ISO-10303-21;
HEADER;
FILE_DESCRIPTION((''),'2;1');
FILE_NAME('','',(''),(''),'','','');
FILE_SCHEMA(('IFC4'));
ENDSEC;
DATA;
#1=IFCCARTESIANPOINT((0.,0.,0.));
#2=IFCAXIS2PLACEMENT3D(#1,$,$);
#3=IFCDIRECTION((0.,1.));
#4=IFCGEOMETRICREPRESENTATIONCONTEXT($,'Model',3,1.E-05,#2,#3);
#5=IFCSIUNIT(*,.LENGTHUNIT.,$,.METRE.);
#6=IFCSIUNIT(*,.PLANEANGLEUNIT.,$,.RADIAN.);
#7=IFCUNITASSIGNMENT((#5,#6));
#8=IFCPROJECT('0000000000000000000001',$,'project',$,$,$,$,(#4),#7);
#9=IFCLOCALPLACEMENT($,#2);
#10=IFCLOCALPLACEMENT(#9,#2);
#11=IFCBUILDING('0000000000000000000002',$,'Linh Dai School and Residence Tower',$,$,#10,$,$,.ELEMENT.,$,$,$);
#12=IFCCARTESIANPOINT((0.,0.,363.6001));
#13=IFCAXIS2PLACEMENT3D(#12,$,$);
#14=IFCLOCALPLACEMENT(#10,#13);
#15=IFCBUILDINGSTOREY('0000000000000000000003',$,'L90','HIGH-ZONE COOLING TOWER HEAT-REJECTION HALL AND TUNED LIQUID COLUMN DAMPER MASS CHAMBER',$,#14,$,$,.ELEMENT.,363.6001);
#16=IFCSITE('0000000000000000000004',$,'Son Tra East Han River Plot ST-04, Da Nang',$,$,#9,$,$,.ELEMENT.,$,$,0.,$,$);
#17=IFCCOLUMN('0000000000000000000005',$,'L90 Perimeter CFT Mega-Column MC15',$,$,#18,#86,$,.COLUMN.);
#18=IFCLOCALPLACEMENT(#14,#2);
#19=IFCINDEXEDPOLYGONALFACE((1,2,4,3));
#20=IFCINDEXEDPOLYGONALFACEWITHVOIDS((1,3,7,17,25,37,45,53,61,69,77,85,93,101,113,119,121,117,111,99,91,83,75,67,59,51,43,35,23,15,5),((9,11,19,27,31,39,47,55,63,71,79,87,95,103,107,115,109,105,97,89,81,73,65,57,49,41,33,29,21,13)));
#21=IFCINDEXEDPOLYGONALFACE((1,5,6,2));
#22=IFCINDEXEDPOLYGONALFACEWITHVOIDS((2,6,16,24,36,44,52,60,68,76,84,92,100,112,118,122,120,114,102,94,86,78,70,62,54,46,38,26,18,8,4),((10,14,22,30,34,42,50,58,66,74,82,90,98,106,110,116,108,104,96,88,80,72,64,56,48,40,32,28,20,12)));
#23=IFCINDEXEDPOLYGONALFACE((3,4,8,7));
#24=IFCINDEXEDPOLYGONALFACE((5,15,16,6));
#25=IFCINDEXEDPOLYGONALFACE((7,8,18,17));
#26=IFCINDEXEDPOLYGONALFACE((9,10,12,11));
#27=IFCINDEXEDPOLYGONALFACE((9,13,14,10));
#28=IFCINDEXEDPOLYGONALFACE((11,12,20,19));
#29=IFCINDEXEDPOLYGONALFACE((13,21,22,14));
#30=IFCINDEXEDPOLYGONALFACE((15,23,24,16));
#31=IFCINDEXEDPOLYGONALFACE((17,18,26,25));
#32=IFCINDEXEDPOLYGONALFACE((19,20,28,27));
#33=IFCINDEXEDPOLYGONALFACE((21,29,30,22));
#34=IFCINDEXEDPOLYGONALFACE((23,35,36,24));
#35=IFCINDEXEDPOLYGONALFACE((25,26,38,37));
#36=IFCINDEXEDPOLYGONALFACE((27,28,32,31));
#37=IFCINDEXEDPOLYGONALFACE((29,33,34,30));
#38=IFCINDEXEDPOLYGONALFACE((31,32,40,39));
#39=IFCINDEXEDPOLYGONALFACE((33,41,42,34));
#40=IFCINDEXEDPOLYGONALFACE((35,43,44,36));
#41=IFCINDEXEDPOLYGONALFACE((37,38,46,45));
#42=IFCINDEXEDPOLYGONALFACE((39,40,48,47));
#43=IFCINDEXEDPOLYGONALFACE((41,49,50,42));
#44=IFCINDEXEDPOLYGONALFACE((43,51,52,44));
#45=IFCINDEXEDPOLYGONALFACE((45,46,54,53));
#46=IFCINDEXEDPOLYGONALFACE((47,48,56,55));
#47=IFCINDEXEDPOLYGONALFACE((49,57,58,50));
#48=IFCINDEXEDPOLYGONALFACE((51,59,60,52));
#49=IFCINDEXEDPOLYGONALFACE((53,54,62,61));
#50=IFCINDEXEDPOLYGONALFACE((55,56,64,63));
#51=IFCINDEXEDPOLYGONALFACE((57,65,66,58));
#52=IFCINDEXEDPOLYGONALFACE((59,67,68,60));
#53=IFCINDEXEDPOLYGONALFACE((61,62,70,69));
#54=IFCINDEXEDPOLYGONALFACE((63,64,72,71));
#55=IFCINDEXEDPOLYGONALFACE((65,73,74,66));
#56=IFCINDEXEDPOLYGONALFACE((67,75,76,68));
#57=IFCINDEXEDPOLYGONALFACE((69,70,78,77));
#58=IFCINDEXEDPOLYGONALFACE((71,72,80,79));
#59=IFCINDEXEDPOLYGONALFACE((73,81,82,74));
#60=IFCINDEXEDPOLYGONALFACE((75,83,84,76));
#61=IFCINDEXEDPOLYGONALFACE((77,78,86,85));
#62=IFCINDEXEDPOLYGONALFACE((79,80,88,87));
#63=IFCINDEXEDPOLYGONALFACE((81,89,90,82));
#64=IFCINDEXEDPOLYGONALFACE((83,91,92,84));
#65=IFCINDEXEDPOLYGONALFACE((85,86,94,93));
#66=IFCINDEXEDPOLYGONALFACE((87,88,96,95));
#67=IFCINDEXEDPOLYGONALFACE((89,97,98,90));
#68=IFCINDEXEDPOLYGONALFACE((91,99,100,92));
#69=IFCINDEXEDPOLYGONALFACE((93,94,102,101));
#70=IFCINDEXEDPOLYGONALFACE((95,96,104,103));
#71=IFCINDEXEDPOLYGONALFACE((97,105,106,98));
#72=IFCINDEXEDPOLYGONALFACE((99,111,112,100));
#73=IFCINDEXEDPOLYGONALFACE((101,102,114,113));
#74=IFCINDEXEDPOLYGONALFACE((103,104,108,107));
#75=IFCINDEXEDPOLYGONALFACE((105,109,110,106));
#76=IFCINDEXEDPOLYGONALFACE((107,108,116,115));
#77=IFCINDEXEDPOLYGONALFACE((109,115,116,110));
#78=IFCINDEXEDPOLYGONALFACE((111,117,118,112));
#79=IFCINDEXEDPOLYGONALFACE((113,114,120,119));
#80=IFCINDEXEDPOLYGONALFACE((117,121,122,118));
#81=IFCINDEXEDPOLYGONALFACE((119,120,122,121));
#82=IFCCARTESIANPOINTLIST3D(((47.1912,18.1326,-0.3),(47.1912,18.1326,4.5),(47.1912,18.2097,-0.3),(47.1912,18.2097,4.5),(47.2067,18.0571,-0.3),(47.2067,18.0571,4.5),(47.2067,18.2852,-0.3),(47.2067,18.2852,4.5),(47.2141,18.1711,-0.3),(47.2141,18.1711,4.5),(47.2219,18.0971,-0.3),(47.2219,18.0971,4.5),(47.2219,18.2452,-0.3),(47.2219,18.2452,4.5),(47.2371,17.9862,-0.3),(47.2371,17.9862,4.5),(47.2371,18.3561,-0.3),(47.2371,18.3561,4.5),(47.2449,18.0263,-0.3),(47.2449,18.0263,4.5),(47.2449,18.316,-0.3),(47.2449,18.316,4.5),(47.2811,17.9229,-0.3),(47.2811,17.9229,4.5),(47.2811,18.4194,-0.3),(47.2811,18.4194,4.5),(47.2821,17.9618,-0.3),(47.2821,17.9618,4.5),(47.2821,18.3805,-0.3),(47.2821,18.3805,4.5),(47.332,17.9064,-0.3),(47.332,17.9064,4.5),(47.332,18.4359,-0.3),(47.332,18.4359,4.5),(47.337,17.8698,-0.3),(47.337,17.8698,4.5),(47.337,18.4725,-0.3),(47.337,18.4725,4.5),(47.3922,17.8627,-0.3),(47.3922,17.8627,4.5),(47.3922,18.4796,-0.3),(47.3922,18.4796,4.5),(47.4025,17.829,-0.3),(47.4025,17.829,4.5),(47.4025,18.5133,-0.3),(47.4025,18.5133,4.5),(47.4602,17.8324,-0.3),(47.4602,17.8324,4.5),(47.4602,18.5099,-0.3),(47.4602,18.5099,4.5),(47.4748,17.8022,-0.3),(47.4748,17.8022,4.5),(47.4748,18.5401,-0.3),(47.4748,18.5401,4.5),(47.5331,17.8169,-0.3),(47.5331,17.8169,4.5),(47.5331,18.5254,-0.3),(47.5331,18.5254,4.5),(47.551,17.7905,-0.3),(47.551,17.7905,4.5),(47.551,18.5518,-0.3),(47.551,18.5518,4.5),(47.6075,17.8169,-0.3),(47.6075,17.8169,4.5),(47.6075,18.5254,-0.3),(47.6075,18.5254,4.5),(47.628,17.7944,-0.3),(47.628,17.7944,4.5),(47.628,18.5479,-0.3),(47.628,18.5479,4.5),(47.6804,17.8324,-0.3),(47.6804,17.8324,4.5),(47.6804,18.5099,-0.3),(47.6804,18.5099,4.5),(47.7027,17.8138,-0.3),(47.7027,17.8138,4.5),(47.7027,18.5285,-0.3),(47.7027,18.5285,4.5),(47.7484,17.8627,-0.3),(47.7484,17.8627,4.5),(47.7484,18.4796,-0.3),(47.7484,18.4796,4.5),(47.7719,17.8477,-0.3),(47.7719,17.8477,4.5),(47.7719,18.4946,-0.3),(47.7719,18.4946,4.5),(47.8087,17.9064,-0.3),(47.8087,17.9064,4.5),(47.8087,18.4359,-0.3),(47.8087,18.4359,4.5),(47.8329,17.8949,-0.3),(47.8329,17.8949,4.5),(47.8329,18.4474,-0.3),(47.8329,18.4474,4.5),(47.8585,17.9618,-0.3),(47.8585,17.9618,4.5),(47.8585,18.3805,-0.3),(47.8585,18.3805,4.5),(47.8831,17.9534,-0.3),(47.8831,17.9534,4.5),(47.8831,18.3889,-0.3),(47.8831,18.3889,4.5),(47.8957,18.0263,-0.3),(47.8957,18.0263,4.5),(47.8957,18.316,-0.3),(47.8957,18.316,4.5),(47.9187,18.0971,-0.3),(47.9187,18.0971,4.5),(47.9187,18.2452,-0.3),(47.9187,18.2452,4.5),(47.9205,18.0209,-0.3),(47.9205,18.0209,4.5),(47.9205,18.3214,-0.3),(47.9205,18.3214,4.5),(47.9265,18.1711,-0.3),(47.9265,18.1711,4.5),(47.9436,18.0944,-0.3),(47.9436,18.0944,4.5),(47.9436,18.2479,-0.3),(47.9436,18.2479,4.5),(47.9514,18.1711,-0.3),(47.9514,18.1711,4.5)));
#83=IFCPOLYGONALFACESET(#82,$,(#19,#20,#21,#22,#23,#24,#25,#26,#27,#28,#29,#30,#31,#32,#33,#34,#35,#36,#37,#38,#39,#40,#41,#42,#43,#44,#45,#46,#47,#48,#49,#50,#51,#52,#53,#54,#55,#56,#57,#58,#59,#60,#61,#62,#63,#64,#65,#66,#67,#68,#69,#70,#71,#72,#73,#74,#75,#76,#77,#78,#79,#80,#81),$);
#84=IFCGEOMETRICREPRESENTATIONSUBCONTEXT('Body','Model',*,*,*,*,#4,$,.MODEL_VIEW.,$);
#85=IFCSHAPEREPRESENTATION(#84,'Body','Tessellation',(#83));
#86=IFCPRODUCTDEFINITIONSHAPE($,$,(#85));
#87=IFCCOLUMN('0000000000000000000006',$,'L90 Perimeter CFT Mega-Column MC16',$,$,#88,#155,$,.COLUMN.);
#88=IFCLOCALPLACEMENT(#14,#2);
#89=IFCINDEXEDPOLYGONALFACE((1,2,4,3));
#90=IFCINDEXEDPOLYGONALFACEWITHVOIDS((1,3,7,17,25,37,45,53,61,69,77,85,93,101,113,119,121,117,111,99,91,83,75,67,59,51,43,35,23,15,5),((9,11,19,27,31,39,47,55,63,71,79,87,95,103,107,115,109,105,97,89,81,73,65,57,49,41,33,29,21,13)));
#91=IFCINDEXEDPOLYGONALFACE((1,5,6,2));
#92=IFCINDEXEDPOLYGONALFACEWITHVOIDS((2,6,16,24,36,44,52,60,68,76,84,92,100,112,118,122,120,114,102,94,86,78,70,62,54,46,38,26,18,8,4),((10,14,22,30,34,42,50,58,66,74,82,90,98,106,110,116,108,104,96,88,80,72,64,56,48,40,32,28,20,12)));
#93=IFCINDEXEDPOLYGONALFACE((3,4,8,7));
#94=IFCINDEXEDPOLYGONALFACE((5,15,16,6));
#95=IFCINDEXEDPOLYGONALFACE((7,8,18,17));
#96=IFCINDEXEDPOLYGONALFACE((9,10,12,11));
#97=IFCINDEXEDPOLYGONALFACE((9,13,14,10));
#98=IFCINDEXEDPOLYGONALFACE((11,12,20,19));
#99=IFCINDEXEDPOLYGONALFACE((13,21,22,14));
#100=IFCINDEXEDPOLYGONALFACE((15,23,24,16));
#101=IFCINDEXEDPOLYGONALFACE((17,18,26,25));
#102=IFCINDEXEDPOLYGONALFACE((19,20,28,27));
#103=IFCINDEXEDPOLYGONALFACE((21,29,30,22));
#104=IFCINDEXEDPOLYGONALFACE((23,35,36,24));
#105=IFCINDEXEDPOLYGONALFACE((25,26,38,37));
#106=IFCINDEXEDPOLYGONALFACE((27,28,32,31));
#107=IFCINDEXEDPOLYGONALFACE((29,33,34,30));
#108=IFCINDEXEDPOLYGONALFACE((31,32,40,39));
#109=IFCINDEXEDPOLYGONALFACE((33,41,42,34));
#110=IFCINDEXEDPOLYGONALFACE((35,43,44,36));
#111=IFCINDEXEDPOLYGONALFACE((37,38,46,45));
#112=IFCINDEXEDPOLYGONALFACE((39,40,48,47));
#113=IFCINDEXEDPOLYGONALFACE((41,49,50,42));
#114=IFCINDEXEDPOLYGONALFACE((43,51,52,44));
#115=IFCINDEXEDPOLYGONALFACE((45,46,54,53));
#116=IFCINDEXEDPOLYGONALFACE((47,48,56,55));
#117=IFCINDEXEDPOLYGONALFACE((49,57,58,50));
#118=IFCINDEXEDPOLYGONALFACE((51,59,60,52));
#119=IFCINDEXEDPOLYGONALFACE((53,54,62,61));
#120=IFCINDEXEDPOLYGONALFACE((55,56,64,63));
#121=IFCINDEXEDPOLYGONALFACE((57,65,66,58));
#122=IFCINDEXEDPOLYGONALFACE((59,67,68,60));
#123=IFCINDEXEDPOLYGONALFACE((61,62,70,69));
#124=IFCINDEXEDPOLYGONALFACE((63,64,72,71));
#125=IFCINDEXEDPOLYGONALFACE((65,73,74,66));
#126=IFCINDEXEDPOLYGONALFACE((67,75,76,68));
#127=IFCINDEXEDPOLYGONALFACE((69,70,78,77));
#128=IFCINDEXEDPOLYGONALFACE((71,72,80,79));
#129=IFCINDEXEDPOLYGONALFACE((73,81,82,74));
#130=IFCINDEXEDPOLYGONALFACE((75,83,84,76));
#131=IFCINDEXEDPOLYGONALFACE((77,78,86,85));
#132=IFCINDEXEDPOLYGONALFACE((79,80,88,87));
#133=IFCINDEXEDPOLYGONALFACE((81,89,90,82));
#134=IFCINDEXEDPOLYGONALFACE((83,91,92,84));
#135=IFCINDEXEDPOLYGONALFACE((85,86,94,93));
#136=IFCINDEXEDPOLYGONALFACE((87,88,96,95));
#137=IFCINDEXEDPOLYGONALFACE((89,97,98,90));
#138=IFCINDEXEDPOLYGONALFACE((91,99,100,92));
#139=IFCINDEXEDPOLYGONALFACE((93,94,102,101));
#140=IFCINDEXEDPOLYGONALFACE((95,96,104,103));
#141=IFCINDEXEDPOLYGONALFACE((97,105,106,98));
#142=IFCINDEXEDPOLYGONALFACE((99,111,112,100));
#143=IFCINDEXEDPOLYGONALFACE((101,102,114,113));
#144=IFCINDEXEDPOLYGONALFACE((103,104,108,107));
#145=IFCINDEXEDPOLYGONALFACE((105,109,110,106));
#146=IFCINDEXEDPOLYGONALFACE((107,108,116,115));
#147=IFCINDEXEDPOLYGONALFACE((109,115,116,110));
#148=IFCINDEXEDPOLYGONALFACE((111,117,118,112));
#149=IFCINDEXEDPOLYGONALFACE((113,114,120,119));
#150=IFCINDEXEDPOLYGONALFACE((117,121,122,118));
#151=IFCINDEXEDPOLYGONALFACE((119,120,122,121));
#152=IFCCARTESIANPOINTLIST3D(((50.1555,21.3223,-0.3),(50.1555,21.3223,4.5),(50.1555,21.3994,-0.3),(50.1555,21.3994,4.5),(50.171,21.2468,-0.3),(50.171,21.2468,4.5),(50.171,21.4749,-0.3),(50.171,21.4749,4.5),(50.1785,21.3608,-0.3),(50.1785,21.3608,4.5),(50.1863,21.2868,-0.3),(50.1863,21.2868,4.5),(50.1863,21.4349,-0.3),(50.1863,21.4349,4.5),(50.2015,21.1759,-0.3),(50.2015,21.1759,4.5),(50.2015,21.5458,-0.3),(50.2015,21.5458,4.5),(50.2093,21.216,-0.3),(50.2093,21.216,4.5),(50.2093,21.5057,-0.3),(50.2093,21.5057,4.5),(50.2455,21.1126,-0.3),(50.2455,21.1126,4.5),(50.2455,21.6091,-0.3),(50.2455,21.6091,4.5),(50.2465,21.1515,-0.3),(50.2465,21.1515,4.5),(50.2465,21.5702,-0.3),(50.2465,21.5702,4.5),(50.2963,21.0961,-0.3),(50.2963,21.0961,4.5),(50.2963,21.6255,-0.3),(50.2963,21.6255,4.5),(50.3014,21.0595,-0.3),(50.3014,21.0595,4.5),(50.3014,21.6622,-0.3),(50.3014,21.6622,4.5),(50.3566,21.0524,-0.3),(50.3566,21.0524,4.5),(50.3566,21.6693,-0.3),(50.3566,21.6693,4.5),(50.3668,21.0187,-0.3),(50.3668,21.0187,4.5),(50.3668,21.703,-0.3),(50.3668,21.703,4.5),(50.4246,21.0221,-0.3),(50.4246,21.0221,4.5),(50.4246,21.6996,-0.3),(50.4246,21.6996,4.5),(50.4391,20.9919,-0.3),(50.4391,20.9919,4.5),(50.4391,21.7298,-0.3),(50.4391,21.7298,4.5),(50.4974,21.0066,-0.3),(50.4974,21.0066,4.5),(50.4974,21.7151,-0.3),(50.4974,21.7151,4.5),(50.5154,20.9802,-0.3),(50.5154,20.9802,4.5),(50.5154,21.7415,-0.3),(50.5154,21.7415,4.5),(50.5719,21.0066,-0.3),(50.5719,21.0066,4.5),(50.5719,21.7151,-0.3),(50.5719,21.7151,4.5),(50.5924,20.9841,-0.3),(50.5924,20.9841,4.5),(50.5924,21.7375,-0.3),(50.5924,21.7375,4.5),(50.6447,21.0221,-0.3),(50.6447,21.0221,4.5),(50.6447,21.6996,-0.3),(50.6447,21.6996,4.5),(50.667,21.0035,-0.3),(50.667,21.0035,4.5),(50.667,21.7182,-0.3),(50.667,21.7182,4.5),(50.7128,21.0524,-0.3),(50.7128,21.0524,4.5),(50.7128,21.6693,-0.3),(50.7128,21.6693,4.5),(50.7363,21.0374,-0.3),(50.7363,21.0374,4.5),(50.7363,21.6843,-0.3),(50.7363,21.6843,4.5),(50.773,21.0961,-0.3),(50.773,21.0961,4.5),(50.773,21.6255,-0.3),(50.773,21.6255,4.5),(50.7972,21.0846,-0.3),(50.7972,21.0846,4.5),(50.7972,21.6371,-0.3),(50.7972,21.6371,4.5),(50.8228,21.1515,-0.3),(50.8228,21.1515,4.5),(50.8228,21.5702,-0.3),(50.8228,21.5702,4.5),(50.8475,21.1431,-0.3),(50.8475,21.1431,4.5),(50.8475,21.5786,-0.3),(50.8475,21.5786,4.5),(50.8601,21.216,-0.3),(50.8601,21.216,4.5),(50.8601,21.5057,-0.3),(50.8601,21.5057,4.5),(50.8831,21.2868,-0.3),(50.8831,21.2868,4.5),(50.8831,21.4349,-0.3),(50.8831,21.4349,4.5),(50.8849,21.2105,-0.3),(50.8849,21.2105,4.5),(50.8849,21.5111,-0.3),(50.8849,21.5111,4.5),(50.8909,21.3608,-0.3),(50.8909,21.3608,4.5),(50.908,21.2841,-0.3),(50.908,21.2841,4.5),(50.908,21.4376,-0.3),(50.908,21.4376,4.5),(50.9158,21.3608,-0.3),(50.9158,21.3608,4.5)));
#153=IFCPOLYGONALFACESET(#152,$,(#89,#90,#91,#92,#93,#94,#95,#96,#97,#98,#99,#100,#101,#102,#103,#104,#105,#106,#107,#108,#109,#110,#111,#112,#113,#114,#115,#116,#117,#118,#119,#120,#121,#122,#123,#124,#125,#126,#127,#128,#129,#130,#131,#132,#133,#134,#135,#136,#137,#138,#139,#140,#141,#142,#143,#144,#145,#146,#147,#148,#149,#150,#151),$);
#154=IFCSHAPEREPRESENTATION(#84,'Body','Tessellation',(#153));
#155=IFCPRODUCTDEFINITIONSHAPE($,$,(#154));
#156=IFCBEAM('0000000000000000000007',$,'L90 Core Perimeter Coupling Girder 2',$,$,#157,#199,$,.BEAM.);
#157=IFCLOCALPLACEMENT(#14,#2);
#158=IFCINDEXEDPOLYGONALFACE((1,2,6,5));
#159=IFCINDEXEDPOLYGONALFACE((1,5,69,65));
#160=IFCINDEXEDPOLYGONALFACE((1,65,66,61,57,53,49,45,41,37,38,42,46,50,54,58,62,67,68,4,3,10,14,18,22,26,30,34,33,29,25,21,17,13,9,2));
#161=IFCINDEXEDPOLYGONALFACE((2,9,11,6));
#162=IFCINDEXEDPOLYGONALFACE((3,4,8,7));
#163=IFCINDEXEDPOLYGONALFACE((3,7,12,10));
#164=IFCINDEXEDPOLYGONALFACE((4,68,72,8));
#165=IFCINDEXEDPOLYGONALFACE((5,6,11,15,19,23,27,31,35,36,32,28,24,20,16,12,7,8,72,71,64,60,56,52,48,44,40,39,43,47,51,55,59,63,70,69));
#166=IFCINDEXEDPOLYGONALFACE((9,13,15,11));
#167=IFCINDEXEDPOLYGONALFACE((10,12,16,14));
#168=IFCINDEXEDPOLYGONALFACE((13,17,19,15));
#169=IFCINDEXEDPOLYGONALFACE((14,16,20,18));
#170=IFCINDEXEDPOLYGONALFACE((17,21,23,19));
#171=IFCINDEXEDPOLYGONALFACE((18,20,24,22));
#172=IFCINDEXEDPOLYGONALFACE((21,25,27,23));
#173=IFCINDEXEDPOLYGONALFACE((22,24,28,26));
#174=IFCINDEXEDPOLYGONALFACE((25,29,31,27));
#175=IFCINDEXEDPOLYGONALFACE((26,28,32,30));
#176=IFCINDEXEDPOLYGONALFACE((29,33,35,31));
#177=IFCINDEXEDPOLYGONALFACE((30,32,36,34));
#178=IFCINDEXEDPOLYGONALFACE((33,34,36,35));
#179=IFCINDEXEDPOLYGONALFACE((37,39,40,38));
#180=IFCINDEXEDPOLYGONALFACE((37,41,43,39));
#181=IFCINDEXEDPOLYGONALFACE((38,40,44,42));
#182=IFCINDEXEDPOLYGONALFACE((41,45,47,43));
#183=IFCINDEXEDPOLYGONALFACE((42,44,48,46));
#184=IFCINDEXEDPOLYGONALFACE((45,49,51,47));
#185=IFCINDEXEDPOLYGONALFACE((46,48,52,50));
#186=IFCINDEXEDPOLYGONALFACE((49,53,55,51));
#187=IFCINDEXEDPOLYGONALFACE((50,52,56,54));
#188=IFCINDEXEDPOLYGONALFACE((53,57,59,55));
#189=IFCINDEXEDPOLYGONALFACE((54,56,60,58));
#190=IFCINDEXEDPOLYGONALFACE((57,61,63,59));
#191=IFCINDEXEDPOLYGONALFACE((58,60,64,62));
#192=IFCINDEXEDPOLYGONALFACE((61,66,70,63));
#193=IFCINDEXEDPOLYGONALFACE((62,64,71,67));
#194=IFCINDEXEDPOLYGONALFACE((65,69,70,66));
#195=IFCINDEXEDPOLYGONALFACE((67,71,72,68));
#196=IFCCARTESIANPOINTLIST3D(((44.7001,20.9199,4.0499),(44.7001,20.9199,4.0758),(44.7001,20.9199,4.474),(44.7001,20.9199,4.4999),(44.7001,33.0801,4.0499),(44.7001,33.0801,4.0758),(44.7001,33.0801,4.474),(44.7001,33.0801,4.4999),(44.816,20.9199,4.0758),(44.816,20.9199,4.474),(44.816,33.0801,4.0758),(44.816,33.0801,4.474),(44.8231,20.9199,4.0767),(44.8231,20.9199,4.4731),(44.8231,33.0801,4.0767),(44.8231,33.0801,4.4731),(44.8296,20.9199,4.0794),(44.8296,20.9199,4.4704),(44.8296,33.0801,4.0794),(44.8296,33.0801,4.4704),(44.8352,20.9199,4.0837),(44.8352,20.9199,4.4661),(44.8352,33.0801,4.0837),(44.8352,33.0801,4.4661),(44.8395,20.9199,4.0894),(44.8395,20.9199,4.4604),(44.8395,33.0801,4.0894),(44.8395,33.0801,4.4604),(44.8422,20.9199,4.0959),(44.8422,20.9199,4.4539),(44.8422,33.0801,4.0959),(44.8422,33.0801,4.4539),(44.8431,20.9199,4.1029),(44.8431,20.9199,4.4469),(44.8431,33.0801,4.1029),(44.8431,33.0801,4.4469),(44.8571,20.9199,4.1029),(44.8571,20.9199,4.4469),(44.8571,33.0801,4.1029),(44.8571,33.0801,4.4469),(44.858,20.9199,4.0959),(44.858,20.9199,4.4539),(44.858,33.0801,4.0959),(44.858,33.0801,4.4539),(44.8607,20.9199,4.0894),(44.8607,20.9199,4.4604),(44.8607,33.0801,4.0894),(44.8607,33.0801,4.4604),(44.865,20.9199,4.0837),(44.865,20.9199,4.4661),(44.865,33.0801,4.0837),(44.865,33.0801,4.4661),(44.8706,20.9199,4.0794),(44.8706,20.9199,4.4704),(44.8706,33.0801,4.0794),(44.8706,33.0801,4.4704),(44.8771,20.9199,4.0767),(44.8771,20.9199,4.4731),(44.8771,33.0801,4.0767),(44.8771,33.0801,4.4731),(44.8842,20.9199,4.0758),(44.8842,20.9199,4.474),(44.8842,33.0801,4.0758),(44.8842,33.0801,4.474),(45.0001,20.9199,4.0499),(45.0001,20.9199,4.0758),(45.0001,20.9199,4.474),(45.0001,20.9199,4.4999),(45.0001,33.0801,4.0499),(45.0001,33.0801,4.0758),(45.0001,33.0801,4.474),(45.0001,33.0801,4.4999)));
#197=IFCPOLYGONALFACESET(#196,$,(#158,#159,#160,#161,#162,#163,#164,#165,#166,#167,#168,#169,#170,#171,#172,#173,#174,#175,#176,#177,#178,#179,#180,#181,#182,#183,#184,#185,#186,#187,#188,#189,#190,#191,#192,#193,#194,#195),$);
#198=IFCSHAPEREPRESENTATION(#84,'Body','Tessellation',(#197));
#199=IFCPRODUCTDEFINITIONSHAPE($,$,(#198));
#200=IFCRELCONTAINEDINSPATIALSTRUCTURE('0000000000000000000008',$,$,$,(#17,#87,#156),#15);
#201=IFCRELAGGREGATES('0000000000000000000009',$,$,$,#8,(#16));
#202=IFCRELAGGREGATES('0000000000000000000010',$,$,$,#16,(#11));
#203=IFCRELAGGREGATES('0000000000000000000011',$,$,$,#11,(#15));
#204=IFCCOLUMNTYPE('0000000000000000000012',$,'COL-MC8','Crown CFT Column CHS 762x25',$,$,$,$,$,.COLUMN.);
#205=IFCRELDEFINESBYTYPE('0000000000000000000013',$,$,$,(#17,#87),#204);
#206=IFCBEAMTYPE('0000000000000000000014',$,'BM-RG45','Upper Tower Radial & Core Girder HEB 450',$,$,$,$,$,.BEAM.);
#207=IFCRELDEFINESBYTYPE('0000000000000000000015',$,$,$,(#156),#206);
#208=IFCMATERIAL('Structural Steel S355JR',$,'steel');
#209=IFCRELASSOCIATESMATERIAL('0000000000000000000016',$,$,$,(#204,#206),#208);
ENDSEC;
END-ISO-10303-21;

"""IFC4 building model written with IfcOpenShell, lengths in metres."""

from ifc_helpers import new_model, si_unit, direction, frame, origin, origin_2d, place, context, subcontext, project, spatial, hollow_circle, i_section, extrude, material, material_profile, profile_set, type_object, element, save


model = new_model("IFC4")

# Units and contexts
model_context = context("Model", 3, precision=1e-05, world=origin(), true_north=direction((0.0, 1.0)))
body_context = subcontext(model_context, "Body", "Model", "MODEL_VIEW")
ifc_project = project(units=[si_unit("LENGTHUNIT", "METRE"), si_unit("PLANEANGLEUNIT", "RADIAN")], contexts=[model_context])

# Site, building, storey
site_placement = place(None, origin())
site = spatial("IfcSite", under=ifc_project, at=site_placement, Name="Son Tra East Han River Plot ST-04, Da Nang", CompositionType="ELEMENT", RefElevation=0.0)
building_placement = place(site_placement, origin())
building = spatial("IfcBuilding", under=site, at=building_placement, Name="Linh Dai School and Residence Tower", CompositionType="ELEMENT")
storey_placement = place(building_placement, frame((0.0, 0.0, 363.6001)))
storey = spatial("IfcBuildingStorey", under=building, at=storey_placement, Name="L90", Description="HIGH-ZONE COOLING TOWER HEAT-REJECTION HALL AND TUNED LIQUID COLUMN DAMPER MASS CHAMBER", CompositionType="ELEMENT", Elevation=363.6001)

# Columns
ifc_material_1 = material(Name="Structural Steel S355JR", Category="steel")
ifc_material_profile_1 = material_profile(ifc_material_1, hollow_circle(Radius=0.3811, WallThickness=0.0249, at=origin_2d()), Name="CHS 762x25")
ifc_profile_set_1 = profile_set([ifc_material_profile_1], Name="Structural Steel S355JR")
column_type_1 = type_object("IfcColumnType", Name="COL-MC8", Description="Crown CFT Column CHS 762x25", PredefinedType="COLUMN", material=ifc_profile_set_1)
for number, where, z_axis, x_axis, name in (
    (1, (47.5703, 18.1711, -0.3), (0.0, 0.0, 1.0), (1.0, 0.0, 0.0), "L90 Perimeter CFT Mega-Column MC15"),
    (2, (50.5347, 21.3608, -0.3), (0.0, 0.0, 1.0), (1.0, 0.0, 0.0), "L90 Perimeter CFT Mega-Column MC16"),
):
    element("IfcColumn", number, at=place(storey_placement, frame(where, z_axis=z_axis, x_axis=x_axis)), inside=storey, type_object=column_type_1, Name=name, PredefinedType="COLUMN", context=body_context, shape_type="SweptSolid", body=[
        extrude(hollow_circle(Radius=0.3811, WallThickness=0.0249, at=origin_2d()), origin(), (0.0, 0.0, 1.0), 4.8),
    ])

# Beam
ifc_material_profile_2 = material_profile(ifc_material_1, i_section(OverallWidth=0.3, OverallDepth=0.45, WebThickness=0.0139, FlangeThickness=0.0259, FilletRadius=0.0271, at=origin_2d()), Name="HEB 450")
ifc_profile_set_2 = profile_set([ifc_material_profile_2], Name="Structural Steel S355JR")
beam_type_1 = type_object("IfcBeamType", Name="BM-RG45", Description="Upper Tower Radial & Core Girder HEB 450", PredefinedType="BEAM", material=ifc_profile_set_2)
beam_1_placement = place(storey_placement, frame((44.8501, 20.9199, 4.2749), z_axis=(0.0, 1.0, 0.0), x_axis=(-1.0, 0.0, 0.0)))
element("IfcBeam", 3, at=beam_1_placement, inside=storey, type_object=beam_type_1, Name="L90 Core Perimeter Coupling Girder 2", PredefinedType="BEAM", context=body_context, shape_type="SweptSolid", body=[
    extrude(i_section(OverallWidth=0.3, OverallDepth=0.45, WebThickness=0.0139, FlangeThickness=0.0259, FilletRadius=0.0271, at=origin_2d()), origin(), (0.0, 0.0, 1.0), 12.1602),
])

save(model, "model.ifc")
